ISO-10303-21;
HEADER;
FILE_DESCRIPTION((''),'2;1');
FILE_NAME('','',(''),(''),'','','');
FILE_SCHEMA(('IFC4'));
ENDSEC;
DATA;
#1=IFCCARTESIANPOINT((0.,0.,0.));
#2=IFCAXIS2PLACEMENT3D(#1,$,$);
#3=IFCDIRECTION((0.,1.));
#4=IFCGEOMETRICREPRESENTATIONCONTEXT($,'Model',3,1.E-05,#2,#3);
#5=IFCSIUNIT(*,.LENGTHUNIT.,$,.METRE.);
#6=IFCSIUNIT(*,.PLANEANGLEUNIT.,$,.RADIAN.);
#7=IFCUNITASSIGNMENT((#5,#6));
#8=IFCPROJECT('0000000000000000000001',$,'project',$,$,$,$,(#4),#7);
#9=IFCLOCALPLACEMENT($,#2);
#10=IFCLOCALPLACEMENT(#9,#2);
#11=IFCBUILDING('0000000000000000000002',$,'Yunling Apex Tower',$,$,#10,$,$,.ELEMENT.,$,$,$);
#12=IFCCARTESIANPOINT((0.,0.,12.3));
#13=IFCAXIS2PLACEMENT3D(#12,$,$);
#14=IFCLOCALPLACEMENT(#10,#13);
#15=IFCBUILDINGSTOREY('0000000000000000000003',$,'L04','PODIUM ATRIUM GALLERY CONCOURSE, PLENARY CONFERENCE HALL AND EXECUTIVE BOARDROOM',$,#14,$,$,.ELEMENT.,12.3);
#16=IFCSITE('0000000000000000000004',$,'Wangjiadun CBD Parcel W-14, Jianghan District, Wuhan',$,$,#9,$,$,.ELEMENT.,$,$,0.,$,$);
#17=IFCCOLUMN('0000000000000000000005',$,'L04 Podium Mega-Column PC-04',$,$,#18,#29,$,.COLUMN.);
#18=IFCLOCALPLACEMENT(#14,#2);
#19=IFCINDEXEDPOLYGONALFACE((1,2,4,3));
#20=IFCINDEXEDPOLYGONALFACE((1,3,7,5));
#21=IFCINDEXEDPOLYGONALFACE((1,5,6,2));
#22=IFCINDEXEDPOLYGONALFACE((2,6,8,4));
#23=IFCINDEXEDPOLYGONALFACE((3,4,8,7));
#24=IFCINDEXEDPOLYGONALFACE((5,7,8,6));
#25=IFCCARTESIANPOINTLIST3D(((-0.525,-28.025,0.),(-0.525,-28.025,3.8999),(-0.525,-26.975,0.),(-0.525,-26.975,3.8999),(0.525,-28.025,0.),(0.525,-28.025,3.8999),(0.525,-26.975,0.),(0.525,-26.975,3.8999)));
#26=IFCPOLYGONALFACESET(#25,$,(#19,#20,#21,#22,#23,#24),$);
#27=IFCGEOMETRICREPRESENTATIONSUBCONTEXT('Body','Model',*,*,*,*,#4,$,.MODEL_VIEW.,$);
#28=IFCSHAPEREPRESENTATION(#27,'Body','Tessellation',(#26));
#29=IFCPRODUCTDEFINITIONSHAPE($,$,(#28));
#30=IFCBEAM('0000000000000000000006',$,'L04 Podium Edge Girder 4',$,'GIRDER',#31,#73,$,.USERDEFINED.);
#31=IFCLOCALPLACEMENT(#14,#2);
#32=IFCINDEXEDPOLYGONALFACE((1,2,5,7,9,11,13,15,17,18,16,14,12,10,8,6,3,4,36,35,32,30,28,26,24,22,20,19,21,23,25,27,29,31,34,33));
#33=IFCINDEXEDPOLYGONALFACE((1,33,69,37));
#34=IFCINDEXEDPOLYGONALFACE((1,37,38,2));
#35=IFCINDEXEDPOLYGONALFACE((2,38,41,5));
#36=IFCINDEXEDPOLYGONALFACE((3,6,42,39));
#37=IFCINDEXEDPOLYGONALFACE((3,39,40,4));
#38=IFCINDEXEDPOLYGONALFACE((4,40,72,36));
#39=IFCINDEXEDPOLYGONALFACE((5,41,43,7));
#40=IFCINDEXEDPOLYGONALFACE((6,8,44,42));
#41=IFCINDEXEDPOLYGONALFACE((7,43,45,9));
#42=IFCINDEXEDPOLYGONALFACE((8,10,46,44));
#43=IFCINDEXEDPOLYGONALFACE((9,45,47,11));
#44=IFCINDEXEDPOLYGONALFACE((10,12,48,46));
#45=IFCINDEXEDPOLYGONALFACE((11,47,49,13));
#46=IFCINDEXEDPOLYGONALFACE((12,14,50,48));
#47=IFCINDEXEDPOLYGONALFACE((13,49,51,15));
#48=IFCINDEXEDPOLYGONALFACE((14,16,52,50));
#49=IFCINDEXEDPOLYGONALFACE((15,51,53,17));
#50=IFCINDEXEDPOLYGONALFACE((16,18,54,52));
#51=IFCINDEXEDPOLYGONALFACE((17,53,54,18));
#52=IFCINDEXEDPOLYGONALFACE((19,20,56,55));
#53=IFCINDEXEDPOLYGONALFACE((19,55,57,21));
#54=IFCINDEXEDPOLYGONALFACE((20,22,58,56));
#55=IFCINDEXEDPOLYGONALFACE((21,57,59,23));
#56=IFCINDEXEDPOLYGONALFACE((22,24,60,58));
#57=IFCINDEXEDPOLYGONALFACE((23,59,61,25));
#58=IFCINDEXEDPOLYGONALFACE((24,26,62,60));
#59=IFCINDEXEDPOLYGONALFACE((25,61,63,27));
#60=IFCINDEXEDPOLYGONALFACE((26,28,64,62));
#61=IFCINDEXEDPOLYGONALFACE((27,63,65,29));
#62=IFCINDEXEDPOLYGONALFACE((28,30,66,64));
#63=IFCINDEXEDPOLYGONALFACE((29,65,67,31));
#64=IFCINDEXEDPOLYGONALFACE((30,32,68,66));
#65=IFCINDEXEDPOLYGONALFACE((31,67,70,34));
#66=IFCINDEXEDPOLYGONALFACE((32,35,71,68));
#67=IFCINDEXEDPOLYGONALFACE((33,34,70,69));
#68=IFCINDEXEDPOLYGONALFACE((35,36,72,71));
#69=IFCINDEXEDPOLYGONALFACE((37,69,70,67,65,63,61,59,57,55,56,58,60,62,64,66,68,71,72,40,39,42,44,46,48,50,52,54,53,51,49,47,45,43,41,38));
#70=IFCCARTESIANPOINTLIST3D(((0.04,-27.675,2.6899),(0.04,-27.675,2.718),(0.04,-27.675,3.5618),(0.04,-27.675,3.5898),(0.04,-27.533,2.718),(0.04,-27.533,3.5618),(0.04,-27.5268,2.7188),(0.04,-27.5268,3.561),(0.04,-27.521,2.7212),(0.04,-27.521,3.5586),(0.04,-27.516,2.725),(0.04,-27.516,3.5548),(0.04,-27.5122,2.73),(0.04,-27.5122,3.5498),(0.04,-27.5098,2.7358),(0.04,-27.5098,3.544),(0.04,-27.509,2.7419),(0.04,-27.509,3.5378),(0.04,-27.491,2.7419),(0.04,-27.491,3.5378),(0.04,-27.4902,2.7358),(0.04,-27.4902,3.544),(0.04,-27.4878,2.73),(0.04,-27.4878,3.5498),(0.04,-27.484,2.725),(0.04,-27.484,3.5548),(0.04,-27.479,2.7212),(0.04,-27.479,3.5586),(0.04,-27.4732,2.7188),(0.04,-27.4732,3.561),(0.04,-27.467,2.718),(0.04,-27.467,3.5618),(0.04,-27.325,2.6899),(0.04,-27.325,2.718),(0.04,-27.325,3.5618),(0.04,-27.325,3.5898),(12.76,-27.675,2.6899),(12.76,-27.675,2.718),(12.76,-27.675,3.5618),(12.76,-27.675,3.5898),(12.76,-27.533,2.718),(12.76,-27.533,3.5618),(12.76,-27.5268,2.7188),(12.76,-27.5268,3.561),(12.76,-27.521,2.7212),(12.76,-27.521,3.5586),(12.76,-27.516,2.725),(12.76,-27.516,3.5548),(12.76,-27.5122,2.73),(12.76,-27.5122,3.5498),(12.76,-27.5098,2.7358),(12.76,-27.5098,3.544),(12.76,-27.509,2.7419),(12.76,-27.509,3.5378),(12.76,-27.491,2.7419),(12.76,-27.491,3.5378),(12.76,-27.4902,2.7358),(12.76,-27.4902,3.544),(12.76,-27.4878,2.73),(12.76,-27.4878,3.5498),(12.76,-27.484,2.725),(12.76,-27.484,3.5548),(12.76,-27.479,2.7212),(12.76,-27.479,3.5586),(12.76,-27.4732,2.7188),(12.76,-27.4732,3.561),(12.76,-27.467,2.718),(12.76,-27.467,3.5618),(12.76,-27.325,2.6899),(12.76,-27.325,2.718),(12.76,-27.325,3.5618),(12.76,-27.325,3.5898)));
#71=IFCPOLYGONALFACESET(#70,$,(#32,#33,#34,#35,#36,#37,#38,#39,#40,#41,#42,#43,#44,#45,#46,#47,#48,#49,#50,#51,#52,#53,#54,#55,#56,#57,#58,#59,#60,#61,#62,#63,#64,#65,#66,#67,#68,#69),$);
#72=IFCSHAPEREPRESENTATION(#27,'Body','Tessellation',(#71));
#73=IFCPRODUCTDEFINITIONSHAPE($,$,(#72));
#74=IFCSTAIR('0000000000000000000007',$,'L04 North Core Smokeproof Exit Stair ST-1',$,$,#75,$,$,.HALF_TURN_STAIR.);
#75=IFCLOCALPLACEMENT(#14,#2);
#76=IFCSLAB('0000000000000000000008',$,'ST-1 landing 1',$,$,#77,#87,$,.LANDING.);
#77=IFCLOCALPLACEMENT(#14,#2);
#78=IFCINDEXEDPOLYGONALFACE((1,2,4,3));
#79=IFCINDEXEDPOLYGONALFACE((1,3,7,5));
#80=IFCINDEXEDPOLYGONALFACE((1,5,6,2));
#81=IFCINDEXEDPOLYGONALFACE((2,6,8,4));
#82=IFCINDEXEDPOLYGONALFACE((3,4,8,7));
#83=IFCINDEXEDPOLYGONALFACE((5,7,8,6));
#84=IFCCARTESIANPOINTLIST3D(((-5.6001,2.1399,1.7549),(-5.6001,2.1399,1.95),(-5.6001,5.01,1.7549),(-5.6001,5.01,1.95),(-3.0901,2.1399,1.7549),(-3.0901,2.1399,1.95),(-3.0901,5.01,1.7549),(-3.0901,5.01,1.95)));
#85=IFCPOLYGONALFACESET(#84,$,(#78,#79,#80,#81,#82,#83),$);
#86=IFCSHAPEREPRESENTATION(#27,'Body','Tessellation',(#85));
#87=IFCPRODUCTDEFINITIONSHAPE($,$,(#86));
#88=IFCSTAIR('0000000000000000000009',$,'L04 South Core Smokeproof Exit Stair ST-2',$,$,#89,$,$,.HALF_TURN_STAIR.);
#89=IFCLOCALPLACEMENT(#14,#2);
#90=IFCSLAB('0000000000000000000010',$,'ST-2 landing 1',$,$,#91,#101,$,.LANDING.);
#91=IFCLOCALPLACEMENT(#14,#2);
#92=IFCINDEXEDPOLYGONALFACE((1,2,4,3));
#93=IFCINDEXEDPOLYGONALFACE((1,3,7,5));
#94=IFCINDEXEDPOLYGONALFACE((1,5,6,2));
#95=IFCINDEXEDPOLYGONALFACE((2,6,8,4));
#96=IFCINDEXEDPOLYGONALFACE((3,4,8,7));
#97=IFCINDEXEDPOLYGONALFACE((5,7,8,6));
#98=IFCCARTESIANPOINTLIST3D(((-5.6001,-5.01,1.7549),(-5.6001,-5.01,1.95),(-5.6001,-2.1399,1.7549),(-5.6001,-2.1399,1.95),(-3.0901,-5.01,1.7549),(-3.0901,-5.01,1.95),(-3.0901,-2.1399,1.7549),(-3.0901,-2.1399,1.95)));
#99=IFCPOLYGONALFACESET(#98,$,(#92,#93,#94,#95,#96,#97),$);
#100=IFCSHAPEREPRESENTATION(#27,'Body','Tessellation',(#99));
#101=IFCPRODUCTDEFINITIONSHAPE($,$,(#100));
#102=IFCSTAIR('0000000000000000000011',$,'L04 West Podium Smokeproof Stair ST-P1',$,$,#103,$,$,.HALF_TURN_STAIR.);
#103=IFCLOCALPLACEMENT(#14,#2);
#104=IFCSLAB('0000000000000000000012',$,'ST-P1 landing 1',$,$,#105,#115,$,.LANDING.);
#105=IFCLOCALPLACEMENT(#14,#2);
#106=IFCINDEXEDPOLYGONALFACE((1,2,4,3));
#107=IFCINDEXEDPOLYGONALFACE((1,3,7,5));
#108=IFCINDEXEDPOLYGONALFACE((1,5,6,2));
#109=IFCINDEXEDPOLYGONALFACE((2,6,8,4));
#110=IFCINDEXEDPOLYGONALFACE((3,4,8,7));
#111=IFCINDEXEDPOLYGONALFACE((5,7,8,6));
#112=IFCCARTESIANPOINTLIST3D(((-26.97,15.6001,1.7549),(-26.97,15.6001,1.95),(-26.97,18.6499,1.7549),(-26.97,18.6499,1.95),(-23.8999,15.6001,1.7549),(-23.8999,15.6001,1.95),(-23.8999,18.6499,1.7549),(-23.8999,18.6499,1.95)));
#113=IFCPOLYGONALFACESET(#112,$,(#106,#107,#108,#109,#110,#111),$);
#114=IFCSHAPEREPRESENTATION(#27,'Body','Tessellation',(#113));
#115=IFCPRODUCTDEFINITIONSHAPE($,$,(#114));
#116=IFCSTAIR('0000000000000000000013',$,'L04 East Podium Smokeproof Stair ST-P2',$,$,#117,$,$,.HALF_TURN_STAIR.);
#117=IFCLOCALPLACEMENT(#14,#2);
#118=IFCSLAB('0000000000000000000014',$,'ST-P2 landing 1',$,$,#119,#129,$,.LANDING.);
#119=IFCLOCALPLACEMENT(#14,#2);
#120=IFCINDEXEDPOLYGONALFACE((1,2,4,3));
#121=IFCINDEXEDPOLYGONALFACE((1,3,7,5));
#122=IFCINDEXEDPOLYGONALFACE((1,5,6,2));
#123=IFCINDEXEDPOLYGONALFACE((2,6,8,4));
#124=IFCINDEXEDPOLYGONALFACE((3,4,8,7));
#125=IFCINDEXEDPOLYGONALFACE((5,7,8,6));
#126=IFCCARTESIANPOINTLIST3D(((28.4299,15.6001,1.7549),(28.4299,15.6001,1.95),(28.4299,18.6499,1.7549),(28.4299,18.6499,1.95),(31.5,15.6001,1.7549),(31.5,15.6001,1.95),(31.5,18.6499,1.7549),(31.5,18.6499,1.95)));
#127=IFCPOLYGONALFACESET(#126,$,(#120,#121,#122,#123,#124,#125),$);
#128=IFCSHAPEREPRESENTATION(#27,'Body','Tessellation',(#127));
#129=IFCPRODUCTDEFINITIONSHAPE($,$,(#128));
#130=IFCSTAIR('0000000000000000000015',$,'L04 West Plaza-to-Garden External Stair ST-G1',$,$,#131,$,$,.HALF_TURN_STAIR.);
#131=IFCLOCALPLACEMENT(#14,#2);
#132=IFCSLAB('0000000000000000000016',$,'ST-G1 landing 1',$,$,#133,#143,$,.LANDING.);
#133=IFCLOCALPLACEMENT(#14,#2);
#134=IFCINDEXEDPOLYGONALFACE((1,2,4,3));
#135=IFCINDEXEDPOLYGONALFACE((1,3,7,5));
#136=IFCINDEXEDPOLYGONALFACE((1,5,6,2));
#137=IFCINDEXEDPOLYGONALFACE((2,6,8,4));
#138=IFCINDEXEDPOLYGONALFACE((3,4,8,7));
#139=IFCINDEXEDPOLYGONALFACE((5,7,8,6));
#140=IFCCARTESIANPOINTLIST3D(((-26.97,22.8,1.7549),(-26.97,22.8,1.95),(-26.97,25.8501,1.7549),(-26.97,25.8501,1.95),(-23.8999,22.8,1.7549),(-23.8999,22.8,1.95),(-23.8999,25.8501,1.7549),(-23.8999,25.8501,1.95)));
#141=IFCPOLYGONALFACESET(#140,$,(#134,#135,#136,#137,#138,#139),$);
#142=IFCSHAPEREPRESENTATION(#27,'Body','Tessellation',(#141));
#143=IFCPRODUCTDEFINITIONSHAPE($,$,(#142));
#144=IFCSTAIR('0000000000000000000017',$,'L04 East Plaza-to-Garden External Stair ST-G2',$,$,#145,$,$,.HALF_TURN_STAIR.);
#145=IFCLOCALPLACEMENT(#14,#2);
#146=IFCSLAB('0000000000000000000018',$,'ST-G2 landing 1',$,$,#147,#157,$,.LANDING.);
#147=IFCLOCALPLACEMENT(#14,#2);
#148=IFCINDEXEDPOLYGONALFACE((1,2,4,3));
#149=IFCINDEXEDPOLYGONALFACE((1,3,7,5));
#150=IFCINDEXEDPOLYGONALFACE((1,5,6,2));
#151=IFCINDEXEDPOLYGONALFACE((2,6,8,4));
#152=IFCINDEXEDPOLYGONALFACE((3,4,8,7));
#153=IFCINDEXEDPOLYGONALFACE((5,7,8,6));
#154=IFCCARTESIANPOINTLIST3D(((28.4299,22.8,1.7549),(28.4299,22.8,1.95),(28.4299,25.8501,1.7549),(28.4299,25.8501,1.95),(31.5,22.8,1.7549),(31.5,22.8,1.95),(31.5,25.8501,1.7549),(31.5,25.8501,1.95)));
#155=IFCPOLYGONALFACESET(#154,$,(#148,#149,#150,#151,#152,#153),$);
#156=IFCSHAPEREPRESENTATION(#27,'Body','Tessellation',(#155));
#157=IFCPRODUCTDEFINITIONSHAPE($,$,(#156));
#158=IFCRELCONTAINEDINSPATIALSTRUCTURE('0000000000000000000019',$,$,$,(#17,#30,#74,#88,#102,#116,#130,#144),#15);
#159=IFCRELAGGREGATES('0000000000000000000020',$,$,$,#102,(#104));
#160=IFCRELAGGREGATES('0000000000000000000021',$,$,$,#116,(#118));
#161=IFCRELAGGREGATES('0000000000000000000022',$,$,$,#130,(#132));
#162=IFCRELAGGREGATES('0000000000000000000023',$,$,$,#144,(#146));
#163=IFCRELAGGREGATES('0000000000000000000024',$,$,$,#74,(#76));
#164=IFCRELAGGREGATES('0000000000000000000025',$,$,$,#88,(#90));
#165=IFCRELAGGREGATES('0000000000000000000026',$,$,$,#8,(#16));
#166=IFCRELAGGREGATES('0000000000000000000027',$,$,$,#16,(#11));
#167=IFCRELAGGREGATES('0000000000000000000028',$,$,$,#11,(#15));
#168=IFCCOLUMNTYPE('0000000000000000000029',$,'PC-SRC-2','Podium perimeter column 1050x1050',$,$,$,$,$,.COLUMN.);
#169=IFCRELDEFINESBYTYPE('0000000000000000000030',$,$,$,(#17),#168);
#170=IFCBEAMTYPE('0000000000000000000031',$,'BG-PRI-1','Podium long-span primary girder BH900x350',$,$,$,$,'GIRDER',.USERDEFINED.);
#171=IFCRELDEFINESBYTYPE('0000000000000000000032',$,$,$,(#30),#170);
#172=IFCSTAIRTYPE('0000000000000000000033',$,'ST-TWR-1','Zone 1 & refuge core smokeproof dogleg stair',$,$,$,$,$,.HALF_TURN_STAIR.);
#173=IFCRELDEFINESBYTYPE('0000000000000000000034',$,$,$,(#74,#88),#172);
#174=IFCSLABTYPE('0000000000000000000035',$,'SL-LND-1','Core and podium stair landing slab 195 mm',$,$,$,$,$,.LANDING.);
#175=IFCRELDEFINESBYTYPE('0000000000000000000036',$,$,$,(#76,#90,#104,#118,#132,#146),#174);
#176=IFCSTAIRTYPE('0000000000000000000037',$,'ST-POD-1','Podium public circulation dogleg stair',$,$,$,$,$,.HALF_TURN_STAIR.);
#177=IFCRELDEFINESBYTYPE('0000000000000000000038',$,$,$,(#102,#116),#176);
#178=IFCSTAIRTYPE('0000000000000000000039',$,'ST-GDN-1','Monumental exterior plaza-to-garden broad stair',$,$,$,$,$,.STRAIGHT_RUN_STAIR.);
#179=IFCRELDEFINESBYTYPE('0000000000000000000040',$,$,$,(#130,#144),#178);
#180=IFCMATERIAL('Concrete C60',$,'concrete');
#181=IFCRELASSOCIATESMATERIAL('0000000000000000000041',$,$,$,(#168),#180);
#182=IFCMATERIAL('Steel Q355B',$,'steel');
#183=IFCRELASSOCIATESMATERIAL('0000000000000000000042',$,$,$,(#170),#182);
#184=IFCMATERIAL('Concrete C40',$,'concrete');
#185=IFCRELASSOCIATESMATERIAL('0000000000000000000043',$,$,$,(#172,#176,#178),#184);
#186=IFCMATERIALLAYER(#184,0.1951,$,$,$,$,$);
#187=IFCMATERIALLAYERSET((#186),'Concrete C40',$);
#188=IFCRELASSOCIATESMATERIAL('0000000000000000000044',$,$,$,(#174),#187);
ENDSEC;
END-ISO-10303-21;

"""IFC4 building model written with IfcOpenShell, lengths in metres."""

from ifc_helpers import new_model, si_unit, direction, frame, origin, origin_2d, place, context, subcontext, project, spatial, polyline, rectangle, i_section, outline, extrude, source, transform, mapped, material, layer, layer_set, material_profile, profile_set, type_object, element, aggregate, save


model = new_model("IFC4")

# Units and contexts
model_context = context("Model", 3, precision=1e-05, world=origin(), true_north=direction((0.0, 1.0)))
body_context = subcontext(model_context, "Body", "Model", "MODEL_VIEW")
ifc_project = project(units=[si_unit("LENGTHUNIT", "METRE"), si_unit("PLANEANGLEUNIT", "RADIAN")], contexts=[model_context])

# Site, building, storey
site_placement = place(None, origin())
site = spatial("IfcSite", under=ifc_project, at=site_placement, Name="Wangjiadun CBD Parcel W-14, Jianghan District, Wuhan", CompositionType="ELEMENT", RefElevation=0.0)
building_placement = place(site_placement, origin())
building = spatial("IfcBuilding", under=site, at=building_placement, Name="Yunling Apex Tower", CompositionType="ELEMENT")
storey_placement = place(building_placement, frame((0.0, 0.0, 12.3)))
storey = spatial("IfcBuildingStorey", under=building, at=storey_placement, Name="L04", Description="PODIUM ATRIUM GALLERY CONCOURSE, PLENARY CONFERENCE HALL AND EXECUTIVE BOARDROOM", CompositionType="ELEMENT", Elevation=12.3)

# Column
ifc_material_1 = material(Name="Concrete C60", Category="concrete")
ifc_material_profile_1 = material_profile(ifc_material_1, rectangle(XDim=1.05, YDim=1.05, at=origin_2d()))
ifc_profile_set_1 = profile_set([ifc_material_profile_1], Name="Concrete C60")
column_type = type_object("IfcColumnType", Name="PC-SRC-2", Description="Podium perimeter column 1050x1050", PredefinedType="COLUMN", material=ifc_profile_set_1)
shared_shape_1 = source(origin(), body_context, "Body", "SweptSolid", [
    extrude(rectangle(XDim=1.05, YDim=1.05, at=origin_2d()), origin(), (0.0, 0.0, 1.0), 3.8999),
])
column_placement = place(storey_placement, frame((0.0, -27.5, 0.0), z_axis=(0.0, 0.0, 1.0), x_axis=(1.0, 0.0, 0.0)))
element("IfcColumn", 1, at=column_placement, inside=storey, type_object=column_type, Name="L04 Podium Mega-Column PC-04", PredefinedType="COLUMN", context=body_context, shape_type="MappedRepresentation", body=[
    mapped(shared_shape_1, transform((0.0, 0.0, 0.0), scale=1.0)),
])

# Beam
ifc_material_2 = material(Name="Steel Q355B", Category="steel")
ifc_material_profile_2 = material_profile(ifc_material_2, i_section(OverallWidth=0.3501, OverallDepth=0.8999, WebThickness=0.0181, FlangeThickness=0.0281, FilletRadius=0.0239, at=origin_2d()))
ifc_profile_set_2 = profile_set([ifc_material_profile_2], Name="Steel Q355B")
beam_type = type_object("IfcBeamType", Name="BG-PRI-1", Description="Podium long-span primary girder BH900x350", ElementType="GIRDER", PredefinedType="USERDEFINED", material=ifc_profile_set_2)
shared_shape_2 = source(origin(), body_context, "Body", "SweptSolid", [
    extrude(i_section(OverallWidth=0.3501, OverallDepth=0.8999, WebThickness=0.0181, FlangeThickness=0.0281, FilletRadius=0.0239, at=origin_2d()), origin(), (0.0, 0.0, 1.0), 12.72),
])
beam_placement = place(storey_placement, frame((0.04, -27.5, 3.1399), z_axis=(1.0, 0.0, 0.0), x_axis=(0.0, 1.0, 0.0)))
element("IfcBeam", 2, at=beam_placement, inside=storey, type_object=beam_type, Name="L04 Podium Edge Girder 4", ObjectType="GIRDER", PredefinedType="USERDEFINED", context=body_context, shape_type="MappedRepresentation", body=[
    mapped(shared_shape_2, transform((0.0, 0.0, 0.0), scale=1.0)),
])

# Stairs, slabs
ifc_material_3 = material(Name="Concrete C40", Category="concrete")
stair_type_1 = type_object("IfcStairType", Name="ST-TWR-1", Description="Zone 1 & refuge core smokeproof dogleg stair", PredefinedType="HALF_TURN_STAIR", material=ifc_material_3)
stair_1_placement = place(storey_placement, origin())
stair_1 = element("IfcStair", 3, at=stair_1_placement, inside=storey, type_object=stair_type_1, Name="L04 North Core Smokeproof Exit Stair ST-1", PredefinedType="HALF_TURN_STAIR")
ifc_layer_1 = layer(ifc_material_3, 0.1951)
ifc_layer_set_1 = layer_set([ifc_layer_1], Name="Concrete C40")
slab_type_1 = type_object("IfcSlabType", Name="SL-LND-1", Description="Core and podium stair landing slab 195 mm", PredefinedType="LANDING", material=ifc_layer_set_1)
slab_1_placement = place(storey_placement, frame((0.0, 0.0, 1.7549)))
slab_1 = element("IfcSlab", 4, at=slab_1_placement, type_object=slab_type_1, Name="ST-1 landing 1", PredefinedType="LANDING", context=body_context, shape_type="SweptSolid", body=[
    extrude(outline(polyline([(-3.0901, 5.01), (-5.6001, 5.01), (-5.6001, 2.1399), (-3.0901, 2.1399), (-3.0901, 5.01)])), origin(), (0.0, 0.0, 1.0), 0.1951),
])
stair_2_placement = place(storey_placement, origin())
stair_2 = element("IfcStair", 5, at=stair_2_placement, inside=storey, type_object=stair_type_1, Name="L04 South Core Smokeproof Exit Stair ST-2", PredefinedType="HALF_TURN_STAIR")
slab_2_placement = place(storey_placement, frame((0.0, 0.0, 1.7549)))
slab_2 = element("IfcSlab", 6, at=slab_2_placement, type_object=slab_type_1, Name="ST-2 landing 1", PredefinedType="LANDING", context=body_context, shape_type="SweptSolid", body=[
    extrude(outline(polyline([(-3.0901, -2.1399), (-5.6001, -2.1399), (-5.6001, -5.01), (-3.0901, -5.01), (-3.0901, -2.1399)])), origin(), (0.0, 0.0, 1.0), 0.1951),
])
stair_type_2 = type_object("IfcStairType", Name="ST-POD-1", Description="Podium public circulation dogleg stair", PredefinedType="HALF_TURN_STAIR", material=ifc_material_3)
stair_3_placement = place(storey_placement, origin())
stair_3 = element("IfcStair", 7, at=stair_3_placement, inside=storey, type_object=stair_type_2, Name="L04 West Podium Smokeproof Stair ST-P1", PredefinedType="HALF_TURN_STAIR")
slab_3_placement = place(storey_placement, frame((0.0, 0.0, 1.7549)))
slab_3 = element("IfcSlab", 8, at=slab_3_placement, type_object=slab_type_1, Name="ST-P1 landing 1", PredefinedType="LANDING", context=body_context, shape_type="SweptSolid", body=[
    extrude(outline(polyline([(-26.97, 15.6001), (-23.8999, 15.6001), (-23.8999, 18.6499), (-26.97, 18.6499), (-26.97, 15.6001)])), origin(), (0.0, 0.0, 1.0), 0.1951),
])
aggregate(stair_3, [slab_3])
stair_4_placement = place(storey_placement, origin())
stair_4 = element("IfcStair", 9, at=stair_4_placement, inside=storey, type_object=stair_type_2, Name="L04 East Podium Smokeproof Stair ST-P2", PredefinedType="HALF_TURN_STAIR")
slab_4_placement = place(storey_placement, frame((0.0, 0.0, 1.7549)))
slab_4 = element("IfcSlab", 10, at=slab_4_placement, type_object=slab_type_1, Name="ST-P2 landing 1", PredefinedType="LANDING", context=body_context, shape_type="SweptSolid", body=[
    extrude(outline(polyline([(28.4299, 15.6001), (31.5, 15.6001), (31.5, 18.6499), (28.4299, 18.6499), (28.4299, 15.6001)])), origin(), (0.0, 0.0, 1.0), 0.1951),
])
aggregate(stair_4, [slab_4])
stair_type_3 = type_object("IfcStairType", Name="ST-GDN-1", Description="Monumental exterior plaza-to-garden broad stair", PredefinedType="STRAIGHT_RUN_STAIR", material=ifc_material_3)
stair_5_placement = place(storey_placement, origin())
stair_5 = element("IfcStair", 11, at=stair_5_placement, inside=storey, type_object=stair_type_3, Name="L04 West Plaza-to-Garden External Stair ST-G1", PredefinedType="HALF_TURN_STAIR")
slab_5_placement = place(storey_placement, frame((0.0, 0.0, 1.7549)))
slab_5 = element("IfcSlab", 12, at=slab_5_placement, type_object=slab_type_1, Name="ST-G1 landing 1", PredefinedType="LANDING", context=body_context, shape_type="SweptSolid", body=[
    extrude(outline(polyline([(-26.97, 22.8), (-23.8999, 22.8), (-23.8999, 25.8501), (-26.97, 25.8501), (-26.97, 22.8)])), origin(), (0.0, 0.0, 1.0), 0.1951),
])
aggregate(stair_5, [slab_5])
stair_6_placement = place(storey_placement, origin())
stair_6 = element("IfcStair", 13, at=stair_6_placement, inside=storey, type_object=stair_type_3, Name="L04 East Plaza-to-Garden External Stair ST-G2", PredefinedType="HALF_TURN_STAIR")
slab_6_placement = place(storey_placement, frame((0.0, 0.0, 1.7549)))
slab_6 = element("IfcSlab", 14, at=slab_6_placement, type_object=slab_type_1, Name="ST-G2 landing 1", PredefinedType="LANDING", context=body_context, shape_type="SweptSolid", body=[
    extrude(outline(polyline([(28.4299, 22.8), (31.5, 22.8), (31.5, 25.8501), (28.4299, 25.8501), (28.4299, 22.8)])), origin(), (0.0, 0.0, 1.0), 0.1951),
])
aggregate(stair_6, [slab_6])

aggregate(stair_1, [slab_1])
aggregate(stair_2, [slab_2])

save(model, "model.ifc")
